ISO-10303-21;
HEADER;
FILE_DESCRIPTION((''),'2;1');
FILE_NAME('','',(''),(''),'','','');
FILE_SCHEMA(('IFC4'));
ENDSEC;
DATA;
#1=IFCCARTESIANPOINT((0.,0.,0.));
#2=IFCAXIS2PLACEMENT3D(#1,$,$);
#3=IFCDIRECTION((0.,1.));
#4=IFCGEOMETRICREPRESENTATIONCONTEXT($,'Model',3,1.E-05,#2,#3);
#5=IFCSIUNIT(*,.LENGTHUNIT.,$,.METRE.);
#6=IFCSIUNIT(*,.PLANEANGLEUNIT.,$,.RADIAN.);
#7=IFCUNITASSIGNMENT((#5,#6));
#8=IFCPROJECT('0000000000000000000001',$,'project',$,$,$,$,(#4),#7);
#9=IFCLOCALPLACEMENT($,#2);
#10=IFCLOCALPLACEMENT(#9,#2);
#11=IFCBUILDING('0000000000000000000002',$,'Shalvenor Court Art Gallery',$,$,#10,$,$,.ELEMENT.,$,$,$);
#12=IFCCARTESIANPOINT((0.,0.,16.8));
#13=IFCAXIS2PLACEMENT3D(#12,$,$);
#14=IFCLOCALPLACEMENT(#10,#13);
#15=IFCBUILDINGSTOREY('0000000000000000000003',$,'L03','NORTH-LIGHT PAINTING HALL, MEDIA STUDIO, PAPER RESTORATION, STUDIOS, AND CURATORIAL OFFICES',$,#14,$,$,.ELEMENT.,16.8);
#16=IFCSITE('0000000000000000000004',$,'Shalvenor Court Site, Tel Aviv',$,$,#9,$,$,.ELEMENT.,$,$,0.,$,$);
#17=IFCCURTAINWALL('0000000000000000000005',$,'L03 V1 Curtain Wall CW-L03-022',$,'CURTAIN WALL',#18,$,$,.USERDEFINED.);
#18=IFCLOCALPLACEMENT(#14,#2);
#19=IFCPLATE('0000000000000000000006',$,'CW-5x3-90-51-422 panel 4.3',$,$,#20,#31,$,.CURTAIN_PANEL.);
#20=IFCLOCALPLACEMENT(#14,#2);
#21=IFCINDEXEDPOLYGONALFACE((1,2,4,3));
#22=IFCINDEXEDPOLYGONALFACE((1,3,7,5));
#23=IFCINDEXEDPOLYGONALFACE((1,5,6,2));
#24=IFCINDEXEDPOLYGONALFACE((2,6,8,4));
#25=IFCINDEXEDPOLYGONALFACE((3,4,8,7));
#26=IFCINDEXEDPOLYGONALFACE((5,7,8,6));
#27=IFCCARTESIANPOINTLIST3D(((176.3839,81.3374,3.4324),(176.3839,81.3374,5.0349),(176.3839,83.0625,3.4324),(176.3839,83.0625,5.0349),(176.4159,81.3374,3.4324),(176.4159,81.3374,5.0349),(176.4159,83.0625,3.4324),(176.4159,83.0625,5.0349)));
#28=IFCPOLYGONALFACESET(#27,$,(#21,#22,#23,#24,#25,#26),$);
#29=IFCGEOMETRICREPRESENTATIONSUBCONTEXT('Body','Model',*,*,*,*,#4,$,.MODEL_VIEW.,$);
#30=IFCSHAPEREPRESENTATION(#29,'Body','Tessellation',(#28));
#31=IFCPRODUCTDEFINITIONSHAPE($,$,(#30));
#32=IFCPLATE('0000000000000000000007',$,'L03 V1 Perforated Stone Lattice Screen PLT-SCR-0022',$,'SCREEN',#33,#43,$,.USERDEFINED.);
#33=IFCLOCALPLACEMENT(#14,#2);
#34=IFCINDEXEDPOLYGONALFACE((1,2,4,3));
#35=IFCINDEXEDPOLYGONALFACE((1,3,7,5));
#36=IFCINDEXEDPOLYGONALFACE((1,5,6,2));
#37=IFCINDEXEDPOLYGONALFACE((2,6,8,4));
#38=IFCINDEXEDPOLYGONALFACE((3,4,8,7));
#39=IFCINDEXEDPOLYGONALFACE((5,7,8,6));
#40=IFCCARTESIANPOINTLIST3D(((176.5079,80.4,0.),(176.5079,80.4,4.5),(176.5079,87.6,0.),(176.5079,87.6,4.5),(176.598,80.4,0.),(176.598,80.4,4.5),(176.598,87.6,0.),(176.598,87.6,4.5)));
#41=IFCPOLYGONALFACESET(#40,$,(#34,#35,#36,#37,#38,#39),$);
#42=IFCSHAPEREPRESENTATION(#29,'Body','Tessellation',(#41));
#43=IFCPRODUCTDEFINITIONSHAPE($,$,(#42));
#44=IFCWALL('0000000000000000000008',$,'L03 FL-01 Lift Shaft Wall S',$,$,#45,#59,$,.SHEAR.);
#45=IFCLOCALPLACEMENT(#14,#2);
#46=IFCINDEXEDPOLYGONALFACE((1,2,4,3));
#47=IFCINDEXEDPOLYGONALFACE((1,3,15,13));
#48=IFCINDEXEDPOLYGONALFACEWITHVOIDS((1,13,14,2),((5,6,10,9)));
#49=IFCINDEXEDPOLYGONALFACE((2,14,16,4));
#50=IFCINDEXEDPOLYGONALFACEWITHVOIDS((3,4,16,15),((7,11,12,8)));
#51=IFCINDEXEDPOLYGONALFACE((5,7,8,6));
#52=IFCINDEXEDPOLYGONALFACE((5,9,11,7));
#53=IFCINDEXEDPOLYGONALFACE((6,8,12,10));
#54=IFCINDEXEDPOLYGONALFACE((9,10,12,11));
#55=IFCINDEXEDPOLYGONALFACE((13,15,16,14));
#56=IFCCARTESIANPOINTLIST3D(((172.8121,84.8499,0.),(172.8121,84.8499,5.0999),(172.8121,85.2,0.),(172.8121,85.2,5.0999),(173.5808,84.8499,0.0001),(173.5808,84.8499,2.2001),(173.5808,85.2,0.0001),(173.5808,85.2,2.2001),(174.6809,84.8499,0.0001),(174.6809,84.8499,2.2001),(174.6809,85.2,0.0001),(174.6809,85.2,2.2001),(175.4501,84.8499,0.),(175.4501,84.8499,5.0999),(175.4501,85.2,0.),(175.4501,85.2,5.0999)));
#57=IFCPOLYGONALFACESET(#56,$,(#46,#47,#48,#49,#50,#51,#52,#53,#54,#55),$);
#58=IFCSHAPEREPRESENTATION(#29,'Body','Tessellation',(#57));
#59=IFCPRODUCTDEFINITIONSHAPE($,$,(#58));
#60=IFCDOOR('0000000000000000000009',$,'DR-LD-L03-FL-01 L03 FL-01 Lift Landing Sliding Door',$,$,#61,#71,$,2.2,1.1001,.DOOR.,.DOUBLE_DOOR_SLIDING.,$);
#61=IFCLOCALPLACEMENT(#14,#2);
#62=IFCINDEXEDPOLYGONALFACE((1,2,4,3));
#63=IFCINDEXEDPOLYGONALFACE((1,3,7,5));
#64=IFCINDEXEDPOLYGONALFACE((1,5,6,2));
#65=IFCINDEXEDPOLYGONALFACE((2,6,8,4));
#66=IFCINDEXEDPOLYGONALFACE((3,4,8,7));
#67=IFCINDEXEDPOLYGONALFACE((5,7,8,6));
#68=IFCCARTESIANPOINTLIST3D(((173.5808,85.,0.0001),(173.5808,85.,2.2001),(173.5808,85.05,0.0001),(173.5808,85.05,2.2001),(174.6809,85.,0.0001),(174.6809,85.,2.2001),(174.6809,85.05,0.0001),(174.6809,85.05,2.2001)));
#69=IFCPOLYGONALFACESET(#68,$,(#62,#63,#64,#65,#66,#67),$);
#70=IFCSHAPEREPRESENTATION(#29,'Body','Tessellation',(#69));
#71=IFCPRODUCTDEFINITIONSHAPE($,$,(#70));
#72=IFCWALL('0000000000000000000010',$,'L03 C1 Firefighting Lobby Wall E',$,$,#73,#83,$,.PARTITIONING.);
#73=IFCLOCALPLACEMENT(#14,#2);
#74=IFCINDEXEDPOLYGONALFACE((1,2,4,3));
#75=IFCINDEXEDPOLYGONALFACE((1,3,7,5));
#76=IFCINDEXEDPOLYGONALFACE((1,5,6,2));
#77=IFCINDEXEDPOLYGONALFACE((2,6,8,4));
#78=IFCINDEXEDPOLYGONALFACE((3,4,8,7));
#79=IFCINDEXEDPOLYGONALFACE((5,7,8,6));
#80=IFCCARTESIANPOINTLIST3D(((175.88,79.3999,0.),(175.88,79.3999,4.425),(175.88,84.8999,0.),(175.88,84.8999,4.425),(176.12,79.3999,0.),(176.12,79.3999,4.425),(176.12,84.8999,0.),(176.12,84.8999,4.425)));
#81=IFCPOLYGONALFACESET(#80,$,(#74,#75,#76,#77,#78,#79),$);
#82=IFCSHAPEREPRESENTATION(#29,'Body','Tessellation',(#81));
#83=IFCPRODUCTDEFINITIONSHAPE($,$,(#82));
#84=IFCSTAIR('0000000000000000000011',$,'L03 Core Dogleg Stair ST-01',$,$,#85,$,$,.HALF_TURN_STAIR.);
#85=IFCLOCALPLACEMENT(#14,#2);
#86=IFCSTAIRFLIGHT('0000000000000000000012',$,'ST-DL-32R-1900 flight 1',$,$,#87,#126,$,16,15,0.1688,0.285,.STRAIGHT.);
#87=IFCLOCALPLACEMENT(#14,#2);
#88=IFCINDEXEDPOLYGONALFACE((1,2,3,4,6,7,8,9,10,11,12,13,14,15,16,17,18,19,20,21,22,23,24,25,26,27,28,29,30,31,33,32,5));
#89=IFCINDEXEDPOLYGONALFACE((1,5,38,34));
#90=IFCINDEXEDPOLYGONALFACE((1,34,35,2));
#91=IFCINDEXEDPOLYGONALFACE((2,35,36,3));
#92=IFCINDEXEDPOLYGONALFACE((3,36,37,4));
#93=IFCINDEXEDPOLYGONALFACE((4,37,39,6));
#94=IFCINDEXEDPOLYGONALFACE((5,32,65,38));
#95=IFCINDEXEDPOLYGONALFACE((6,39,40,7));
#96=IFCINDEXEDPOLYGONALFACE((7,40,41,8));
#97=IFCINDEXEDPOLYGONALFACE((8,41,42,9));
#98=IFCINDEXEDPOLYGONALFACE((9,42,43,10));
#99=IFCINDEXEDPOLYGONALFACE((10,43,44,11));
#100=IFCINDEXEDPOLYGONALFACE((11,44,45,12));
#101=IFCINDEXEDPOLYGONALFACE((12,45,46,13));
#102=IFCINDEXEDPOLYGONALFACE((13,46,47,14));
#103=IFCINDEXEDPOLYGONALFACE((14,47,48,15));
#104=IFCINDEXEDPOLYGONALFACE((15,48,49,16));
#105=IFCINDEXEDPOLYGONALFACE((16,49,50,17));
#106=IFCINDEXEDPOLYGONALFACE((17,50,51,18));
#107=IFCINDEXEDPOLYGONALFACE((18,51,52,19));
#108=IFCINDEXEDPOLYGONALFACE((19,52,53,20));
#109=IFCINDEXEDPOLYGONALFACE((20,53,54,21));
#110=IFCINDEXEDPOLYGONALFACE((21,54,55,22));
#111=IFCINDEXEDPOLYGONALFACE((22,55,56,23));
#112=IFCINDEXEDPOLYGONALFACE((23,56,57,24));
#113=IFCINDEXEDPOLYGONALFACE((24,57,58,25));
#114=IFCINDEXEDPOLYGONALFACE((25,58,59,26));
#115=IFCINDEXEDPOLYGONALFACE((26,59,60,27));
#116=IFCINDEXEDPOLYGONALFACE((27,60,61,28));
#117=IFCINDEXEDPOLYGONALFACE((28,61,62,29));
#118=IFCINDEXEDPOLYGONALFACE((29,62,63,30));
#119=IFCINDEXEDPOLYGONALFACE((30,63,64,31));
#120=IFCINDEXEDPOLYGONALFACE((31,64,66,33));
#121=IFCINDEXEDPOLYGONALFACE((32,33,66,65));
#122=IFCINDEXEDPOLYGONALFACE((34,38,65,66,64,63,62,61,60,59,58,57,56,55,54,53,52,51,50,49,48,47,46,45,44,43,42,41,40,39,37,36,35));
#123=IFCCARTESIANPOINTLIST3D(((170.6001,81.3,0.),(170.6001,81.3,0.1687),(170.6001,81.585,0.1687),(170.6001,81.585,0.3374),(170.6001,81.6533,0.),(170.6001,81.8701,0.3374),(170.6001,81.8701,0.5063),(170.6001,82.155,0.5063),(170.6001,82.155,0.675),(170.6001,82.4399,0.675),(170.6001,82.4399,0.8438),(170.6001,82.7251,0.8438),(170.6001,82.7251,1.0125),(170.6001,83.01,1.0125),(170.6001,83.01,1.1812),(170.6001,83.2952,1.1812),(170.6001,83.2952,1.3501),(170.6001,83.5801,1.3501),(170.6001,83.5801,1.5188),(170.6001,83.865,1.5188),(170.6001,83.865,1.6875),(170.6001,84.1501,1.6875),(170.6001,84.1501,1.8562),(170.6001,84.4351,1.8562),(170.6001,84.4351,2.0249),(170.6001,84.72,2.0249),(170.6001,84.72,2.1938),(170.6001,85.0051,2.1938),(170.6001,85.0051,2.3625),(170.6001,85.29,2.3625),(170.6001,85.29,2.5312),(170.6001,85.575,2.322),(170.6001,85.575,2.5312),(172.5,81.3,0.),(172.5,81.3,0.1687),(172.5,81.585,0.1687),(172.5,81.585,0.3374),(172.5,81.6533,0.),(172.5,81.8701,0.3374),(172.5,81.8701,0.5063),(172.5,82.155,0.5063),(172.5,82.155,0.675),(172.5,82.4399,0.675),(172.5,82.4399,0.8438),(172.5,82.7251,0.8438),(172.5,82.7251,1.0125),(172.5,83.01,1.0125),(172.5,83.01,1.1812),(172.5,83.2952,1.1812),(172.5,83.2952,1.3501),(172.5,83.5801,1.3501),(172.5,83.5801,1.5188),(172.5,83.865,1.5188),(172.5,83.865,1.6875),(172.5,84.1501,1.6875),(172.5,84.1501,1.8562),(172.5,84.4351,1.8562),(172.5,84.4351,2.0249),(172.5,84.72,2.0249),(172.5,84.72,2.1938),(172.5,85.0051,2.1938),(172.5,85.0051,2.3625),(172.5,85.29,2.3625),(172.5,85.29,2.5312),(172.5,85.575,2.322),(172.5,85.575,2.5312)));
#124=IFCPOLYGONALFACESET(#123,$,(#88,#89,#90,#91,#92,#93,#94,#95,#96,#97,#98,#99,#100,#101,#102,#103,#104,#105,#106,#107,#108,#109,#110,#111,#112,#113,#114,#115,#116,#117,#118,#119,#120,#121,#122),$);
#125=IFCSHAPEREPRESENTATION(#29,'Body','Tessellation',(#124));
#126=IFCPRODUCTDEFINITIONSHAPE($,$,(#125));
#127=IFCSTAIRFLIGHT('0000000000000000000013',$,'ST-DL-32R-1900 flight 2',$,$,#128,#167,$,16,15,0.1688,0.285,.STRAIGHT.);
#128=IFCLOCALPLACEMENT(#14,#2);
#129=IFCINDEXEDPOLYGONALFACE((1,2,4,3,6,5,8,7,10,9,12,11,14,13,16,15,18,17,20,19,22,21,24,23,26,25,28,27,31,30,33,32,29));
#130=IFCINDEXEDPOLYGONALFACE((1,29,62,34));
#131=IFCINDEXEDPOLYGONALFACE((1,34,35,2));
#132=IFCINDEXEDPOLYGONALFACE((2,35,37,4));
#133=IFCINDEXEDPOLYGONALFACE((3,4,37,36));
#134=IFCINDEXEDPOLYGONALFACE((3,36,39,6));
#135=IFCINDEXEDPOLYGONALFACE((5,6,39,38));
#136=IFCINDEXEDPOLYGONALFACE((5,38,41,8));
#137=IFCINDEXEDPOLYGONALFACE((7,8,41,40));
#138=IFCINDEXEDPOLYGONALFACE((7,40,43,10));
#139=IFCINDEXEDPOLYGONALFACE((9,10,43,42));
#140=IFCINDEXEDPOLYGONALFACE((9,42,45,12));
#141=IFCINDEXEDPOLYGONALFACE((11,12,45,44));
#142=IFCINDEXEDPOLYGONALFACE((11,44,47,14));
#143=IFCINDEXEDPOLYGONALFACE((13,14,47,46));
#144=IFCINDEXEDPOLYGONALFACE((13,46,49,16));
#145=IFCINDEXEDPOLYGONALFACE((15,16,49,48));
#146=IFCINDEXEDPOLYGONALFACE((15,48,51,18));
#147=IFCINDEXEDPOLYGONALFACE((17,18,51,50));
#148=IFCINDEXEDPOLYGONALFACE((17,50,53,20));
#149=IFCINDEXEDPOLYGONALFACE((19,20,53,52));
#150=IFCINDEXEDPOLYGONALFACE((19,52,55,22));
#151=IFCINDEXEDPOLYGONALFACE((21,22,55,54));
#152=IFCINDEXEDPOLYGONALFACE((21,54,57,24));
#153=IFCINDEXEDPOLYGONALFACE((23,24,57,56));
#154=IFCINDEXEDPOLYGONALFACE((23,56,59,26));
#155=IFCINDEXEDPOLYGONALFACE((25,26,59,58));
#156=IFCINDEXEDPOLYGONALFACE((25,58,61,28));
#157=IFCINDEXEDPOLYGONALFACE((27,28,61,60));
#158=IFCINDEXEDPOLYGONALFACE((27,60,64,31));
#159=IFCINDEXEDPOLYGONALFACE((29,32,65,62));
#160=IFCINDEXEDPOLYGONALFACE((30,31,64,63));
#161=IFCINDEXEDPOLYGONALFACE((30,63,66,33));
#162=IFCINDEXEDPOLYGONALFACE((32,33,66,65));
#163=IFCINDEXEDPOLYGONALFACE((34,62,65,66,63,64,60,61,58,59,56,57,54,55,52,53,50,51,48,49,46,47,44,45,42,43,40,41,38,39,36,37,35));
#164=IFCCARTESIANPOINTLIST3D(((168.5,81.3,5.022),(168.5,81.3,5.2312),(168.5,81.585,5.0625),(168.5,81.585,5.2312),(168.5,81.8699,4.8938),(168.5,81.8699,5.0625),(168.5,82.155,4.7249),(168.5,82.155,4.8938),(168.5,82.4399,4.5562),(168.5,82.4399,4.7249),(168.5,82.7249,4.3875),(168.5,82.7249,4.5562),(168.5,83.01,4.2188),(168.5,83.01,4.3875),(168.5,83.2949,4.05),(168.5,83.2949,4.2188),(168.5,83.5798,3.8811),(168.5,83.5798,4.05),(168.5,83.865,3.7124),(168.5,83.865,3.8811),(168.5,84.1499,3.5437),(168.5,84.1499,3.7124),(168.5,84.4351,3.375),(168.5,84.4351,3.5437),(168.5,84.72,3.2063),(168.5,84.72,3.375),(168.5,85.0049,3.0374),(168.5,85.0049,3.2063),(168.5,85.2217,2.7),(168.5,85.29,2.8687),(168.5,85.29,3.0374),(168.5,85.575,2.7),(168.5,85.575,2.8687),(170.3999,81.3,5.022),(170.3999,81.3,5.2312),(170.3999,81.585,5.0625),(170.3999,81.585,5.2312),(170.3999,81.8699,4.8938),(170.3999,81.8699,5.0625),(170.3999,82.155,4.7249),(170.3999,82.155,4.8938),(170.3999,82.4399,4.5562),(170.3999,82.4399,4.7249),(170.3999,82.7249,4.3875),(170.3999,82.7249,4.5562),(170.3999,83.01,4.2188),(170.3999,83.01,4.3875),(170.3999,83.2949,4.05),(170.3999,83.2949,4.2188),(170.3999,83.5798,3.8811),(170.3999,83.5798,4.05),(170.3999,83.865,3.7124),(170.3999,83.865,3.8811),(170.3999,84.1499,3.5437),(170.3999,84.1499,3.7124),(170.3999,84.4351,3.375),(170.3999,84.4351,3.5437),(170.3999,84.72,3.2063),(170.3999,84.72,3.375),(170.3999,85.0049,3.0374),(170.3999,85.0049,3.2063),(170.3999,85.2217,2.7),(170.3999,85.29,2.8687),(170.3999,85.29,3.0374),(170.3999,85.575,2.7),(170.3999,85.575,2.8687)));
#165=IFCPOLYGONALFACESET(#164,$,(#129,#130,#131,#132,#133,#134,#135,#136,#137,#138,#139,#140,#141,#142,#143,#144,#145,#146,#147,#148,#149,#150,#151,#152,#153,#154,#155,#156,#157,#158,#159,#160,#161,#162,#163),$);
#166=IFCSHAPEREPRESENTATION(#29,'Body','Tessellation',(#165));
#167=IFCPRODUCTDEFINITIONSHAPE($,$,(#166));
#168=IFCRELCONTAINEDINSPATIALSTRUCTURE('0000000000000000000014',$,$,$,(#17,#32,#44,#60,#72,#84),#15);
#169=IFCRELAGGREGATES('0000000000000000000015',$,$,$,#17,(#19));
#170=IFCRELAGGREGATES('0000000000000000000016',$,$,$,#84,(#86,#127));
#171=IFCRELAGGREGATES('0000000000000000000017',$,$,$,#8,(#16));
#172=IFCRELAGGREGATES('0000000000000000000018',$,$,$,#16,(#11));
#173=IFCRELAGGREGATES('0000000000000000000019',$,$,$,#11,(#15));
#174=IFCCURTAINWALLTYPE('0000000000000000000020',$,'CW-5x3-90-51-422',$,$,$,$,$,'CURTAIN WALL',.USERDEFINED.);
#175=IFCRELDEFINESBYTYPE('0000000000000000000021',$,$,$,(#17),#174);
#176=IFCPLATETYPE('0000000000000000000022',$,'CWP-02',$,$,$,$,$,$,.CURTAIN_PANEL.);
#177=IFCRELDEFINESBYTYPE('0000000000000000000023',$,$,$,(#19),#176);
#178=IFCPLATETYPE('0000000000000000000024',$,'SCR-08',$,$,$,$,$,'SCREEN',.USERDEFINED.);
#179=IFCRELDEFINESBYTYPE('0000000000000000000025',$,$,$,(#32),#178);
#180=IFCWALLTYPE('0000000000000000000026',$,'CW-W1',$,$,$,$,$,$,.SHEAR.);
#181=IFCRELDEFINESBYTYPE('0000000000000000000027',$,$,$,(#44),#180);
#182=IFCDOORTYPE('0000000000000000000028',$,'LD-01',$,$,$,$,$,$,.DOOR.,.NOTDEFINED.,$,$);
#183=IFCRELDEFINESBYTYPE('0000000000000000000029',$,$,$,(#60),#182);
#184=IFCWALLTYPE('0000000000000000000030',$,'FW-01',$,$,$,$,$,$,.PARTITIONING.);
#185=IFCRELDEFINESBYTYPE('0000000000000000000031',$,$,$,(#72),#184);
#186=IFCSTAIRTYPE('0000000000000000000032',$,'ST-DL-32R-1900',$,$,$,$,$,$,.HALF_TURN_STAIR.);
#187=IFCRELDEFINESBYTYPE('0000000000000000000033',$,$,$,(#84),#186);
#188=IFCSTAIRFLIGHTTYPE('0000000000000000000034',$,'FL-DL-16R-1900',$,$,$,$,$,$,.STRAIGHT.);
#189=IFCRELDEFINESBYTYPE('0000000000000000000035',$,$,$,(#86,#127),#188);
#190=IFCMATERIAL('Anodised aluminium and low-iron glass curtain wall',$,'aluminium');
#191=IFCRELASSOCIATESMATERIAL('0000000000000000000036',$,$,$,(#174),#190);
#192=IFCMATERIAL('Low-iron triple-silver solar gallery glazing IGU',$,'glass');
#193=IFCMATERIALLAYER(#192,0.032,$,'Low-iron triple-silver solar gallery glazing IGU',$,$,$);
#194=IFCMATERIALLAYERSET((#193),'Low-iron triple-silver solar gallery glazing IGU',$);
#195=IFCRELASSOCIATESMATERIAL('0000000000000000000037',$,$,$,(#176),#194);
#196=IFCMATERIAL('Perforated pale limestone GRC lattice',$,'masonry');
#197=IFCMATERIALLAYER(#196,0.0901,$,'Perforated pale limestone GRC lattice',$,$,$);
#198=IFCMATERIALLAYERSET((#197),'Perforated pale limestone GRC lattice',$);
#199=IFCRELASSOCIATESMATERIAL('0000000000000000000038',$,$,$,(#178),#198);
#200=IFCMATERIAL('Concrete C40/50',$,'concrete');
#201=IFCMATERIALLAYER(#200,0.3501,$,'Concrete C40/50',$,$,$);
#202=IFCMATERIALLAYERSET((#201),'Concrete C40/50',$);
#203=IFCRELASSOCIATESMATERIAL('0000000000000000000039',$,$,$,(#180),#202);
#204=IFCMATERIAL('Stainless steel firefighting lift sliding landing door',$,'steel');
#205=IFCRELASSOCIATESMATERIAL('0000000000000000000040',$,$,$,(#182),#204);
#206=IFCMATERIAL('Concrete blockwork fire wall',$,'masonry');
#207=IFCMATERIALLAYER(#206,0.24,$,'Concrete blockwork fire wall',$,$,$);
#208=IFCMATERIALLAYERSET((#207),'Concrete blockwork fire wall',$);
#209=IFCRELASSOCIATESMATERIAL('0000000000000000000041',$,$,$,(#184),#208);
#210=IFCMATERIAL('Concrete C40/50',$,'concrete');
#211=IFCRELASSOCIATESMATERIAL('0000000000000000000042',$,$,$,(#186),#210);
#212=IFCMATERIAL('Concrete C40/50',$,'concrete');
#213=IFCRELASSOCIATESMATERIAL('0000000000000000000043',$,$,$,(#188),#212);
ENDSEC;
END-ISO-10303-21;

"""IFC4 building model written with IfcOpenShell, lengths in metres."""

from ifc_helpers import new_model, si_unit, direction, frame, frame_2d, origin, origin_2d, place, context, subcontext, project, spatial, polyline, rectangle, outline, extrude, material, layer, layer_set, type_object, element, fill, aggregate, save


model = new_model("IFC4")

# Units and contexts
model_context = context("Model", 3, precision=1e-05, world=origin(), true_north=direction((0.0, 1.0)))
body_context = subcontext(model_context, "Body", "Model", "MODEL_VIEW")
ifc_project = project(units=[si_unit("LENGTHUNIT", "METRE"), si_unit("PLANEANGLEUNIT", "RADIAN")], contexts=[model_context])

# Site, building, storey
site_placement = place(None, origin())
site = spatial("IfcSite", under=ifc_project, at=site_placement, Name="Shalvenor Court Site, Tel Aviv", CompositionType="ELEMENT", RefElevation=0.0)
building_placement = place(site_placement, origin())
building = spatial("IfcBuilding", under=site, at=building_placement, Name="Shalvenor Court Art Gallery", CompositionType="ELEMENT")
storey_placement = place(building_placement, frame((0.0, 0.0, 16.8)))
storey = spatial("IfcBuildingStorey", under=building, at=storey_placement, Name="L03", Description="NORTH-LIGHT PAINTING HALL, MEDIA STUDIO, PAPER RESTORATION, STUDIOS, AND CURATORIAL OFFICES", CompositionType="ELEMENT", Elevation=16.8)

# Curtain wall, plate
ifc_material_1 = material(Name="Anodised aluminium and low-iron glass curtain wall", Category="aluminium")
curtain_wall_type = type_object("IfcCurtainWallType", Name="CW-5x3-90-51-422", ElementType="CURTAIN WALL", PredefinedType="USERDEFINED", material=ifc_material_1)
curtain_wall_placement = place(storey_placement, origin())
curtain_wall = element("IfcCurtainWall", 1, at=curtain_wall_placement, inside=storey, type_object=curtain_wall_type, Name="L03 V1 Curtain Wall CW-L03-022", ObjectType="CURTAIN WALL", PredefinedType="USERDEFINED")
ifc_material_2 = material(Name="Low-iron triple-silver solar gallery glazing IGU", Category="glass")
ifc_layer_1 = layer(ifc_material_2, 0.032, Name="Low-iron triple-silver solar gallery glazing IGU")
ifc_layer_set_1 = layer_set([ifc_layer_1], Name="Low-iron triple-silver solar gallery glazing IGU")
plate_type_1 = type_object("IfcPlateType", Name="CWP-02", PredefinedType="CURTAIN_PANEL", material=ifc_layer_set_1)
plate_1_placement = place(storey_placement, frame((176.3999, 82.2, 3.4324), z_axis=(0.0, 0.0, 1.0), x_axis=(0.0, -1.0, 0.0)))
plate_1 = element("IfcPlate", 2, at=plate_1_placement, type_object=plate_type_1, Name="CW-5x3-90-51-422 panel 4.3", PredefinedType="CURTAIN_PANEL", context=body_context, shape_type="SweptSolid", body=[
    extrude(rectangle(XDim=1.7251, YDim=0.032, at=origin_2d()), origin(), (0.0, 0.0, 1.0), 1.6025),
])
aggregate(curtain_wall, [plate_1])

# Plate
ifc_material_3 = material(Name="Perforated pale limestone GRC lattice", Category="masonry")
ifc_layer_2 = layer(ifc_material_3, 0.0901, Name="Perforated pale limestone GRC lattice")
ifc_layer_set_2 = layer_set([ifc_layer_2], Name="Perforated pale limestone GRC lattice")
plate_type_2 = type_object("IfcPlateType", Name="SCR-08", ElementType="SCREEN", PredefinedType="USERDEFINED", material=ifc_layer_set_2)
plate_2_placement = place(storey_placement, frame((176.553, 84.0, 0.0), z_axis=(0.0, 0.0, 1.0), x_axis=(0.0, -1.0, 0.0)))
element("IfcPlate", 3, at=plate_2_placement, inside=storey, type_object=plate_type_2, Name="L03 V1 Perforated Stone Lattice Screen PLT-SCR-0022", ObjectType="SCREEN", PredefinedType="USERDEFINED", context=body_context, shape_type="SweptSolid", body=[
    extrude(rectangle(XDim=7.2, YDim=0.0901, at=origin_2d()), origin(), (0.0, 0.0, 1.0), 4.5),
])

# Wall, opening, door
ifc_material_4 = material(Name="Concrete C40/50", Category="concrete")
ifc_layer_3 = layer(ifc_material_4, 0.3501, Name="Concrete C40/50")
ifc_layer_set_3 = layer_set([ifc_layer_3], Name="Concrete C40/50")
wall_type_1 = type_object("IfcWallType", Name="CW-W1", PredefinedType="SHEAR", material=ifc_layer_set_3)
wall_1_placement = place(storey_placement, frame((175.45, 85.0249, 0.0), z_axis=(0.0, 0.0, 1.0), x_axis=(-1.0, 0.0, 0.0)))
wall_1 = element("IfcWall", 4, at=wall_1_placement, inside=storey, type_object=wall_type_1, Name="L03 FL-01 Lift Shaft Wall S", PredefinedType="SHEAR", context=body_context, shape_type="SweptSolid", body=[
    extrude(rectangle(XDim=2.6379, YDim=0.3501, at=frame_2d((1.3188, 0.0))), origin(), (0.0, 0.0, 1.0), 5.0999),
])
opening_placement = place(wall_1_placement, frame((0.769, 0.0, 0.0)))
opening = element("IfcOpeningElement", 5, at=opening_placement, cuts=wall_1, PredefinedType="OPENING", context=body_context, shape_type="SweptSolid", body=[
    extrude(rectangle(XDim=1.1001, YDim=2.2, at=frame_2d((0.55, 1.1001))), frame((0.0, 0.1851, 0.0), z_axis=(0.0, -1.0, 0.0), x_axis=(1.0, 0.0, 0.0)), (0.0, 0.0, 1.0), 0.3701),
])
ifc_material_5 = material(Name="Stainless steel firefighting lift sliding landing door", Category="steel")
door_type = type_object("IfcDoorType", Name="LD-01", OperationType="NOTDEFINED", PredefinedType="DOOR", material=ifc_material_5)
door_placement = place(opening_placement, origin())
door = element("IfcDoor", 6, at=door_placement, inside=storey, type_object=door_type, Name="DR-LD-L03-FL-01 L03 FL-01 Lift Landing Sliding Door", OperationType="DOUBLE_DOOR_SLIDING", OverallHeight=2.2, OverallWidth=1.1001, PredefinedType="DOOR", context=body_context, shape_type="SweptSolid", body=[
    extrude(rectangle(XDim=1.1001, YDim=2.2, at=frame_2d((0.55, 1.1001))), frame((0.0, 0.0249, 0.0), z_axis=(0.0, -1.0, 0.0), x_axis=(1.0, 0.0, 0.0)), (0.0, 0.0, 1.0), 0.05),
])
fill(opening, door)

# Wall
ifc_material_6 = material(Name="Concrete blockwork fire wall", Category="masonry")
ifc_layer_4 = layer(ifc_material_6, 0.24, Name="Concrete blockwork fire wall")
ifc_layer_set_4 = layer_set([ifc_layer_4], Name="Concrete blockwork fire wall")
wall_type_2 = type_object("IfcWallType", Name="FW-01", PredefinedType="PARTITIONING", material=ifc_layer_set_4)
wall_2_placement = place(storey_placement, frame((176.0, 84.8999, 0.0), z_axis=(0.0, 0.0, 1.0), x_axis=(0.0, -1.0, 0.0)))
element("IfcWall", 7, at=wall_2_placement, inside=storey, type_object=wall_type_2, Name="L03 C1 Firefighting Lobby Wall E", PredefinedType="PARTITIONING", context=body_context, shape_type="SweptSolid", body=[
    extrude(rectangle(XDim=5.5, YDim=0.24, at=frame_2d((2.75, 0.0))), origin(), (0.0, 0.0, 1.0), 4.425),
])

# Stair, stair flights
ifc_material_7 = material(Name="Concrete C40/50", Category="concrete")
stair_type = type_object("IfcStairType", Name="ST-DL-32R-1900", PredefinedType="HALF_TURN_STAIR", material=ifc_material_7)
stair_placement = place(storey_placement, origin())
stair = element("IfcStair", 8, at=stair_placement, inside=storey, type_object=stair_type, Name="L03 Core Dogleg Stair ST-01", PredefinedType="HALF_TURN_STAIR")
ifc_material_8 = material(Name="Concrete C40/50", Category="concrete")
stair_flight_type = type_object("IfcStairFlightType", Name="FL-DL-16R-1900", PredefinedType="STRAIGHT", material=ifc_material_8)
stair_flight_1_placement = place(storey_placement, frame((171.55, 81.3, 0.0), z_axis=(0.0, 0.0, 1.0), x_axis=(0.0, 1.0, 0.0)))
stair_flight_1 = element("IfcStairFlight", 9, at=stair_flight_1_placement, type_object=stair_flight_type, Name="ST-DL-32R-1900 flight 1", NumberOfRisers=16, NumberOfTreads=15, PredefinedType="STRAIGHT", RiserHeight=0.1688, TreadLength=0.285, context=body_context, shape_type="SweptSolid", body=[
    extrude(outline(polyline([(0.0, 0.0), (0.0, 0.1687), (0.2849, 0.1687), (0.2849, 0.3374), (0.5701, 0.3374), (0.5701, 0.5063), (0.855, 0.5063), (0.855, 0.675), (1.1399, 0.675), (1.1399, 0.8438), (1.425, 0.8438), (1.425, 1.0125), (1.71, 1.0125), (1.71, 1.1812), (1.9951, 1.1812), (1.9951, 1.3501), (2.28, 1.3501), (2.28, 1.5188), (2.5649, 1.5188), (2.5649, 1.6875), (2.8501, 1.6875), (2.8501, 1.8562), (3.135, 1.8562), (3.135, 2.0249), (3.4199, 2.0249), (3.4199, 2.1938), (3.7051, 2.1938), (3.7051, 2.3625), (3.99, 2.3625), (3.99, 2.5312), (4.2749, 2.5312), (4.2749, 2.7), (4.2749, 2.322), (0.3533, 0.0), (0.0, 0.0)])), frame((0.0, 0.95, 0.0), z_axis=(0.0, -1.0, 0.0), x_axis=(1.0, 0.0, 0.0)), (0.0, 0.0, 1.0), 1.8999),
])
stair_flight_2_placement = place(storey_placement, frame((169.45, 85.575, 2.7), z_axis=(0.0, 0.0, 1.0), x_axis=(0.0, -1.0, 0.0)))
stair_flight_2 = element("IfcStairFlight", 10, at=stair_flight_2_placement, type_object=stair_flight_type, Name="ST-DL-32R-1900 flight 2", NumberOfRisers=16, NumberOfTreads=15, PredefinedType="STRAIGHT", RiserHeight=0.1688, TreadLength=0.285, context=body_context, shape_type="SweptSolid", body=[
    extrude(outline(polyline([(0.0, 0.0), (0.0, 0.1687), (0.2849, 0.1687), (0.2849, 0.3374), (0.5701, 0.3374), (0.5701, 0.5063), (0.855, 0.5063), (0.855, 0.675), (1.1399, 0.675), (1.1399, 0.8438), (1.425, 0.8438), (1.425, 1.0125), (1.71, 1.0125), (1.71, 1.1812), (1.9951, 1.1812), (1.9951, 1.3501), (2.28, 1.3501), (2.28, 1.5188), (2.5649, 1.5188), (2.5649, 1.6875), (2.8501, 1.6875), (2.8501, 1.8562), (3.135, 1.8562), (3.135, 2.0249), (3.4199, 2.0249), (3.4199, 2.1938), (3.7051, 2.1938), (3.7051, 2.3625), (3.99, 2.3625), (3.99, 2.5312), (4.2749, 2.5312), (4.2749, 2.7), (4.2749, 2.322), (0.3533, 0.0), (0.0, 0.0)])), frame((0.0, 0.95, 0.0), z_axis=(0.0, -1.0, 0.0), x_axis=(1.0, 0.0, 0.0)), (0.0, 0.0, 1.0), 1.8999),
])
aggregate(stair, [stair_flight_1, stair_flight_2])

save(model, "model.ifc")
